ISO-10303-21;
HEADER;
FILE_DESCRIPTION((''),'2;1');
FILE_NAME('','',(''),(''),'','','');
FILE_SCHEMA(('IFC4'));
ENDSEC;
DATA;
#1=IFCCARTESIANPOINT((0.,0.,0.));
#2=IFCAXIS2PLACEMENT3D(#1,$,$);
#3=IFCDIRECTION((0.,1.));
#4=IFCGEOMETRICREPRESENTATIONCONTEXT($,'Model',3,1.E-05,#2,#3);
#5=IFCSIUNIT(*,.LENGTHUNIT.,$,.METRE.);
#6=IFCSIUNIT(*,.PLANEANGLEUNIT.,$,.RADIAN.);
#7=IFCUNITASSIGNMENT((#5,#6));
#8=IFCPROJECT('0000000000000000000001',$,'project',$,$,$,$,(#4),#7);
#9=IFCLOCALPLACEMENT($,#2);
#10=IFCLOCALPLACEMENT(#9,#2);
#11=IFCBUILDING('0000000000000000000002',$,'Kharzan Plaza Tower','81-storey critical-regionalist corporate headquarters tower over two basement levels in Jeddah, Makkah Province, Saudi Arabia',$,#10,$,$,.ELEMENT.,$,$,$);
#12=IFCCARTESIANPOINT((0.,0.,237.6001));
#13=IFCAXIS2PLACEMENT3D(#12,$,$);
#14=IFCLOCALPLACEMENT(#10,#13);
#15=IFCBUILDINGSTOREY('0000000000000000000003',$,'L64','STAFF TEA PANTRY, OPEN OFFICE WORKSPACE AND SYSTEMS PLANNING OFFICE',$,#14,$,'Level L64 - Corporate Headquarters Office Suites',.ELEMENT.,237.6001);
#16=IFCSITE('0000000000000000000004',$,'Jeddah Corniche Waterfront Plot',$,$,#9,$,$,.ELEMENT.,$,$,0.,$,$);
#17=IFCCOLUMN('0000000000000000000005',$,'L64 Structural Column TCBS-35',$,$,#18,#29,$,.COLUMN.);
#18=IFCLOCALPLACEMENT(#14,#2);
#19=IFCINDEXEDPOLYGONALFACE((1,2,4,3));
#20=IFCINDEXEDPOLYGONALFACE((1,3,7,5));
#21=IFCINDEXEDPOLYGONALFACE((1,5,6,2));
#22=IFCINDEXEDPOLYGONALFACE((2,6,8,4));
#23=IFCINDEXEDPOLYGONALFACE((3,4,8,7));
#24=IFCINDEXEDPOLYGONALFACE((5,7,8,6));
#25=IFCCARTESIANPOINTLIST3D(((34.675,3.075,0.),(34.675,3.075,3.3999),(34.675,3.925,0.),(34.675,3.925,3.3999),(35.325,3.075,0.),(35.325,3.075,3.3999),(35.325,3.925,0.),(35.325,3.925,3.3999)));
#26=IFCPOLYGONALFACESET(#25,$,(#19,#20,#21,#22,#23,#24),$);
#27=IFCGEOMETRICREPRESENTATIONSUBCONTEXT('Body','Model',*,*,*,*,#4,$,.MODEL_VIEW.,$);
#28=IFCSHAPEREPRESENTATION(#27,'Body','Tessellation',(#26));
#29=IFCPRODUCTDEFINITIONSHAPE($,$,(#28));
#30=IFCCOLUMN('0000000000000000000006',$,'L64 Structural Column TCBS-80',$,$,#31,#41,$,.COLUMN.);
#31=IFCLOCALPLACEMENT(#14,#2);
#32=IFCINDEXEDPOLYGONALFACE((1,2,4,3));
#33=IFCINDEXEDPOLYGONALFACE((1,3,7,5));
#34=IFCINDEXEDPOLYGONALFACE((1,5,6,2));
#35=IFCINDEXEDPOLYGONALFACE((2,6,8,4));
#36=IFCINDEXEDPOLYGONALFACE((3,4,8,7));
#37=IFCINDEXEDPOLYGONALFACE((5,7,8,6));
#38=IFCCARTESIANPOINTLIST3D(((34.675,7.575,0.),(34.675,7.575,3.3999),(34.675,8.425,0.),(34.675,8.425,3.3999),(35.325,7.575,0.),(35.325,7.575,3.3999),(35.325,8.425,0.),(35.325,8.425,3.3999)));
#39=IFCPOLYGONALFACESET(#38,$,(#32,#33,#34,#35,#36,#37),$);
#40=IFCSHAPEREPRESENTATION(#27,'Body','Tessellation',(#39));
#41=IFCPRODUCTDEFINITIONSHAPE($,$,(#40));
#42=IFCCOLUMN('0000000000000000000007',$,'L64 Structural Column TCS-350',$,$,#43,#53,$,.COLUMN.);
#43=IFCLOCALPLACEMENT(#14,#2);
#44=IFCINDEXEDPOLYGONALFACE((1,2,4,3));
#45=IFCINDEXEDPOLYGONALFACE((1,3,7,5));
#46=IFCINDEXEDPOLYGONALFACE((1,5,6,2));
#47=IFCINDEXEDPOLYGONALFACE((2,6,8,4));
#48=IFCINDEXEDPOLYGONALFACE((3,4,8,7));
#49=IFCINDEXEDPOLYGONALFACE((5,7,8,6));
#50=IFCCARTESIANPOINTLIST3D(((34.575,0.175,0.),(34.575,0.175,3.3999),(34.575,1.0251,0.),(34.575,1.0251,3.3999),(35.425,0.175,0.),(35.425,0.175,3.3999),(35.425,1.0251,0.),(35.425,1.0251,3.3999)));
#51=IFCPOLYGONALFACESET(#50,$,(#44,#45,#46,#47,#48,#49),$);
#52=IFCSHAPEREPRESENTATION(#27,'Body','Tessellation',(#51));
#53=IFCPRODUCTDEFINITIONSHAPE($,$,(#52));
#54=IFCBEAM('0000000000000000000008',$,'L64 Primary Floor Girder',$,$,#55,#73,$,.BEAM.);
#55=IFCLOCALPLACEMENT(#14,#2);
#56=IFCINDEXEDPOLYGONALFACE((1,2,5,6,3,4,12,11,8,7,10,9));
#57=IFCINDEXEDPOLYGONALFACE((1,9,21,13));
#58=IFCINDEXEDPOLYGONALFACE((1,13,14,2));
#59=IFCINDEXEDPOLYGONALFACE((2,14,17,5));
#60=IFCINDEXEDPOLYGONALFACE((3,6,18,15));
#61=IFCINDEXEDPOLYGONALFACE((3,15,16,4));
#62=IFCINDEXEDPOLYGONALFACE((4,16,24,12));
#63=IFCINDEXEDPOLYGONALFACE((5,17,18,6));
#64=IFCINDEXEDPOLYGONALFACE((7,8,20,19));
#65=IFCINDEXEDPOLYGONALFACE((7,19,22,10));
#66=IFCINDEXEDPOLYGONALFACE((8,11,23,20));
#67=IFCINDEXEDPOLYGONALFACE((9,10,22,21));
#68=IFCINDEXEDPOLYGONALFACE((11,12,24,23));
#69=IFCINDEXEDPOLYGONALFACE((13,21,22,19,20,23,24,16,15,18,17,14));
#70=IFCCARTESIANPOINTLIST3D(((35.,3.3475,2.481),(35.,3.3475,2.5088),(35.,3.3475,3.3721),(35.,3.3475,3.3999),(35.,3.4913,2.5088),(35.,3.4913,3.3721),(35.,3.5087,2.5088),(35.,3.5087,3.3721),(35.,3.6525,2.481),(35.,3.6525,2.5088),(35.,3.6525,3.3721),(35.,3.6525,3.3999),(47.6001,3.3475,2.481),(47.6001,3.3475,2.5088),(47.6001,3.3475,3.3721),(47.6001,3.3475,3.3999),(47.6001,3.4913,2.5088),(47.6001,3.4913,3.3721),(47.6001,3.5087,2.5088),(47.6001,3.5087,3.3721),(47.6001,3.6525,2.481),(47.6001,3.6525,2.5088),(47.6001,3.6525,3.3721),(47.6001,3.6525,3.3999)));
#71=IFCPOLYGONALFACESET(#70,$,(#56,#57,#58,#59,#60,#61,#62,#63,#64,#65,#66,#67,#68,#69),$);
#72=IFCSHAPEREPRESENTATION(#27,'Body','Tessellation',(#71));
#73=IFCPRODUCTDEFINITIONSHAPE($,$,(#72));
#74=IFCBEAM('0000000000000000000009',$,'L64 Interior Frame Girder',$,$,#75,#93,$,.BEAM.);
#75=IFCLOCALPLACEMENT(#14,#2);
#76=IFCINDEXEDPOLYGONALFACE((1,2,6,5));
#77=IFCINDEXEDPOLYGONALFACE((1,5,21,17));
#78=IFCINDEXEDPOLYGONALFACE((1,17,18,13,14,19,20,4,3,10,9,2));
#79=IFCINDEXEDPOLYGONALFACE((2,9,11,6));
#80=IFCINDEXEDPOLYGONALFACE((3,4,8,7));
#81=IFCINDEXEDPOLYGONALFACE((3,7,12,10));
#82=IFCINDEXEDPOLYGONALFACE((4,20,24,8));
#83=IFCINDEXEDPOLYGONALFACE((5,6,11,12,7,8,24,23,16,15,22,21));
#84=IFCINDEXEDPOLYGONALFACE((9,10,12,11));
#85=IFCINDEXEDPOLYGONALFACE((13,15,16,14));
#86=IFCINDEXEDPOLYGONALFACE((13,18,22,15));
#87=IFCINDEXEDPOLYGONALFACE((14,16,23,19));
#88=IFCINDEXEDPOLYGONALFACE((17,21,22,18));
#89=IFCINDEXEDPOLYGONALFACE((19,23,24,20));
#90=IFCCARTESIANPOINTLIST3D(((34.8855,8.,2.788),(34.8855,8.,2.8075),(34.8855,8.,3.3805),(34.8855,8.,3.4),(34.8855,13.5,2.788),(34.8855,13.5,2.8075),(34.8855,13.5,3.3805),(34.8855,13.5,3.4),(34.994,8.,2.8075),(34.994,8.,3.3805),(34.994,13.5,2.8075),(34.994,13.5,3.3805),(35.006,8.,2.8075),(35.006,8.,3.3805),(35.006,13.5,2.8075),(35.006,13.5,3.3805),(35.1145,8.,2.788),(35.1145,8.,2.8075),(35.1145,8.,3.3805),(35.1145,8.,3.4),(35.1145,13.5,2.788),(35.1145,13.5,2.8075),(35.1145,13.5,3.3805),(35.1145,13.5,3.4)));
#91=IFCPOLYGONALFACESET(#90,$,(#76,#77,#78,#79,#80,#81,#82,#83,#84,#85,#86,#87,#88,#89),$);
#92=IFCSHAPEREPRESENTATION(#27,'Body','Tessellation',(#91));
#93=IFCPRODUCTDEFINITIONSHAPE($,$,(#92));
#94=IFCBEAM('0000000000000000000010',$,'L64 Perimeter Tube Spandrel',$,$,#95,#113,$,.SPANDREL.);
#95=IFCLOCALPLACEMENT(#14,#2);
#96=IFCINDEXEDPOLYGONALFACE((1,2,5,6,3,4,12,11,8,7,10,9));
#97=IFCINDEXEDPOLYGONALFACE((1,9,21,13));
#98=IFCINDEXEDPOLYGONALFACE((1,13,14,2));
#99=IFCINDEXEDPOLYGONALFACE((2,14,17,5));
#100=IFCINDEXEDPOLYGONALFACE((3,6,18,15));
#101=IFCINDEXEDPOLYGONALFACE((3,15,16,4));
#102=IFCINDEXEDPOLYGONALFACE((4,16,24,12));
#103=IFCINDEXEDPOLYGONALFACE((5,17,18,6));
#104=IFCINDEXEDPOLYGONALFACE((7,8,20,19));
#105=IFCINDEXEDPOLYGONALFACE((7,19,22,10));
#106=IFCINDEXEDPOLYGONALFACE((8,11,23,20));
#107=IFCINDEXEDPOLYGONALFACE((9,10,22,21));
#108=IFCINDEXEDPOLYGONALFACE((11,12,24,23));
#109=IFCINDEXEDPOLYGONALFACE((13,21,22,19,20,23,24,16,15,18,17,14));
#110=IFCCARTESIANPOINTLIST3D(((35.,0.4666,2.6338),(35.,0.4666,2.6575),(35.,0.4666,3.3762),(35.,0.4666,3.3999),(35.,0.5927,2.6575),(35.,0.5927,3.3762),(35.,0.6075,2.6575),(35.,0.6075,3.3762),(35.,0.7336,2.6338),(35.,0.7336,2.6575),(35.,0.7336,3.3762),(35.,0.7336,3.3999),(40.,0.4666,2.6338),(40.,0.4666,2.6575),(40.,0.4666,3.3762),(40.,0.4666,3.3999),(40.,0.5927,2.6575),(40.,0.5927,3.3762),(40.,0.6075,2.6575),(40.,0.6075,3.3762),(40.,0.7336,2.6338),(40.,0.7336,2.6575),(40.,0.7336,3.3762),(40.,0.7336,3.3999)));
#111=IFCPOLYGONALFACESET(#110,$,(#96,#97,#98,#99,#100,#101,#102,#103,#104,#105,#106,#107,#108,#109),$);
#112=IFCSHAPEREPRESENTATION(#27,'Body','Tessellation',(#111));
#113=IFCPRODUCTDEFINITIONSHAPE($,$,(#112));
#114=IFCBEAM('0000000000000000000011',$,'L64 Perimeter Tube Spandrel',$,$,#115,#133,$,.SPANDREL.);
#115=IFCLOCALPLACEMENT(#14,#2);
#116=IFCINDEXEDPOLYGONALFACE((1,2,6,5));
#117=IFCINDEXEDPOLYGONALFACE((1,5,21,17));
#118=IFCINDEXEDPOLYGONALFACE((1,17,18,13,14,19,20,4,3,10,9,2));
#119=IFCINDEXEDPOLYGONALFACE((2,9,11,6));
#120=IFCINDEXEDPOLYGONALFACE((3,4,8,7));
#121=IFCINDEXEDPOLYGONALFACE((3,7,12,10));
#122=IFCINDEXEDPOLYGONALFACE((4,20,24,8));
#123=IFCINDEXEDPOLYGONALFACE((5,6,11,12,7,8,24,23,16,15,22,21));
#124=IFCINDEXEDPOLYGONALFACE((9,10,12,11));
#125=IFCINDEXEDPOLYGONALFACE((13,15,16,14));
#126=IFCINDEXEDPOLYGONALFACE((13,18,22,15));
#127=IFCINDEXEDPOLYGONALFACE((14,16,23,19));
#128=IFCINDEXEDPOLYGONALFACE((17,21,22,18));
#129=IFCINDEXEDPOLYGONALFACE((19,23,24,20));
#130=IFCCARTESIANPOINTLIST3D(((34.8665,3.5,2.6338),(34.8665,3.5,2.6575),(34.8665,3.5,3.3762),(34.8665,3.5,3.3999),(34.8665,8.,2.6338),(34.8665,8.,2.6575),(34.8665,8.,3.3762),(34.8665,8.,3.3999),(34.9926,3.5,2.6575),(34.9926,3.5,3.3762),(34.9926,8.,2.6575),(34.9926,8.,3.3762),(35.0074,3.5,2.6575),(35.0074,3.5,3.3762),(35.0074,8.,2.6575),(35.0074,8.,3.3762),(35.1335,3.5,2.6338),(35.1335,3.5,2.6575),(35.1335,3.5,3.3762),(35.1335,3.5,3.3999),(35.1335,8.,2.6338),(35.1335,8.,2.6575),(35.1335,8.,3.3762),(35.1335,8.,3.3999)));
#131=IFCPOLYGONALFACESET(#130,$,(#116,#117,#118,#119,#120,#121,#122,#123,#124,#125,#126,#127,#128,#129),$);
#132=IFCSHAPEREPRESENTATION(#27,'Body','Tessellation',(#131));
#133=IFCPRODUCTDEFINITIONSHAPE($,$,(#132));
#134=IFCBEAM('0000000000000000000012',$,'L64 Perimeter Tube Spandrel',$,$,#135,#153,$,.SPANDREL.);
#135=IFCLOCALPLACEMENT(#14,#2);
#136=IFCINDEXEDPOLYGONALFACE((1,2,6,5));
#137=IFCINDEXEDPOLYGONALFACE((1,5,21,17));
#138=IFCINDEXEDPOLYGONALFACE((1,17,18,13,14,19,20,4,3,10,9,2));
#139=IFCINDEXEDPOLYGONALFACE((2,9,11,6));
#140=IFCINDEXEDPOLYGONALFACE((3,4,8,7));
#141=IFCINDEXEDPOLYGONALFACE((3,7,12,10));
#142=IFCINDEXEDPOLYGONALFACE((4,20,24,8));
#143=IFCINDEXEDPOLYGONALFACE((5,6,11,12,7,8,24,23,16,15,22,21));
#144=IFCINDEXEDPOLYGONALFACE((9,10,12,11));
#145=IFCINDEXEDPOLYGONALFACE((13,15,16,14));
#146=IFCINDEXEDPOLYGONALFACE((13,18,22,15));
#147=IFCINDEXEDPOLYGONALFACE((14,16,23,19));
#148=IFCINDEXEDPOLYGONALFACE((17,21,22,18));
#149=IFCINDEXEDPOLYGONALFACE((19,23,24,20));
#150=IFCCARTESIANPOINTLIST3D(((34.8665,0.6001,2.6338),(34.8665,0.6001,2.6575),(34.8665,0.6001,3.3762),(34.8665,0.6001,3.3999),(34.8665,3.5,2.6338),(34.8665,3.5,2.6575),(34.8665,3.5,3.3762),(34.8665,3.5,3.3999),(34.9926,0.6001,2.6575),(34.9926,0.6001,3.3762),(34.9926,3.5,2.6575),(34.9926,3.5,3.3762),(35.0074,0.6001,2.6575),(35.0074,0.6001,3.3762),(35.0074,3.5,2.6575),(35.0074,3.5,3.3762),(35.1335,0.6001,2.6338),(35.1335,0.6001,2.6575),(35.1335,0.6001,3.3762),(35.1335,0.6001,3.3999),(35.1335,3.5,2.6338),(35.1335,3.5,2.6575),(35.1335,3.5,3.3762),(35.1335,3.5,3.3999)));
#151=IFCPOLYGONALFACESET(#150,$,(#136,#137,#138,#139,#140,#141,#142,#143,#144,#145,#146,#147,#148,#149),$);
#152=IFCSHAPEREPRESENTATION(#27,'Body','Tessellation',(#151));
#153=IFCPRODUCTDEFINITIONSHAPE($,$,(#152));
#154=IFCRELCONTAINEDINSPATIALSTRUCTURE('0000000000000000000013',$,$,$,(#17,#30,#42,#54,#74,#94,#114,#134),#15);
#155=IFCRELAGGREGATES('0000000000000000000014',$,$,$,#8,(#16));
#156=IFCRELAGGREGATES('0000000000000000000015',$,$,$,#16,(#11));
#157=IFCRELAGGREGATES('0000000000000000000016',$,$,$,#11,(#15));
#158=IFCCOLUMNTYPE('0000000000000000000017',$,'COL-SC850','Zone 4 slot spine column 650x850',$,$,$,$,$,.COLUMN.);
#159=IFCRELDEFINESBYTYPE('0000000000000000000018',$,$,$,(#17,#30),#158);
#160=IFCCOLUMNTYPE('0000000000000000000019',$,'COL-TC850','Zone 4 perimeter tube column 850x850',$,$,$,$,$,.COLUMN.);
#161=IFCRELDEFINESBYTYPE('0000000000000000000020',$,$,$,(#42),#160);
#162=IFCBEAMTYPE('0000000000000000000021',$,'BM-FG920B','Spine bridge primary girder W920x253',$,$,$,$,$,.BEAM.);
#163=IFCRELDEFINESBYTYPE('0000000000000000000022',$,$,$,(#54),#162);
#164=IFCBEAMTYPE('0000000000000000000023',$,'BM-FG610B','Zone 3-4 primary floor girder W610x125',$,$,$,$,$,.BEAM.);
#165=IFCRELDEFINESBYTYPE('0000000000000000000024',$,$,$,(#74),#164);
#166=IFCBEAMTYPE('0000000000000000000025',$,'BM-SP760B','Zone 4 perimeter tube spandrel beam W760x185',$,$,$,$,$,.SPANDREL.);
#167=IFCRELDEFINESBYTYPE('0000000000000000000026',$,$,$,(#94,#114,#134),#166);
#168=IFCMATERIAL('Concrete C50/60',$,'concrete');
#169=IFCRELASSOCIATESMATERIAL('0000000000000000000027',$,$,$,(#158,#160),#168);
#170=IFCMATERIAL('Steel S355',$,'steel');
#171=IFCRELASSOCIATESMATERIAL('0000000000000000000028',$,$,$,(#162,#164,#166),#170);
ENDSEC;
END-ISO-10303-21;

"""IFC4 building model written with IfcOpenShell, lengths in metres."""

from ifc_helpers import new_model, si_unit, direction, frame, origin, origin_2d, place, context, subcontext, project, spatial, rectangle, i_section, extrude, source, transform, mapped, material, material_profile, profile_set, type_object, element, save


model = new_model("IFC4")

# Units and contexts
model_context = context("Model", 3, precision=1e-05, world=origin(), true_north=direction((0.0, 1.0)))
body_context = subcontext(model_context, "Body", "Model", "MODEL_VIEW")
ifc_project = project(units=[si_unit("LENGTHUNIT", "METRE"), si_unit("PLANEANGLEUNIT", "RADIAN")], contexts=[model_context])

# Site, building, storey
site_placement = place(None, origin())
site = spatial("IfcSite", under=ifc_project, at=site_placement, Name="Jeddah Corniche Waterfront Plot", CompositionType="ELEMENT", RefElevation=0.0)
building_placement = place(site_placement, origin())
building = spatial("IfcBuilding", under=site, at=building_placement, Name="Kharzan Plaza Tower", Description="81-storey critical-regionalist corporate headquarters tower over two basement levels in Jeddah, Makkah Province, Saudi Arabia", CompositionType="ELEMENT")
storey_placement = place(building_placement, frame((0.0, 0.0, 237.6001)))
storey = spatial("IfcBuildingStorey", under=building, at=storey_placement, Name="L64", Description="STAFF TEA PANTRY, OPEN OFFICE WORKSPACE AND SYSTEMS PLANNING OFFICE", LongName="Level L64 - Corporate Headquarters Office Suites", CompositionType="ELEMENT", Elevation=237.6001)

# Columns
ifc_material_1 = material(Name="Concrete C50/60", Category="concrete")
ifc_material_profile_1 = material_profile(ifc_material_1, rectangle(XDim=0.6499, YDim=0.8501, at=origin_2d()), Name="RC-SC850x650")
ifc_profile_set_1 = profile_set([ifc_material_profile_1], Name="Concrete C50/60")
column_type_1 = type_object("IfcColumnType", Name="COL-SC850", Description="Zone 4 slot spine column 650x850", PredefinedType="COLUMN", material=ifc_profile_set_1)
shared_shape_1 = source(origin(), body_context, "Body", "SweptSolid", [
    extrude(rectangle(XDim=0.6499, YDim=0.8501, at=origin_2d()), origin(), (0.0, 0.0, 1.0), 3.3999),
])
for number, where, z_axis, x_axis, name in (
    (1, (35.0, 3.5, 0.0), (0.0, 0.0, 1.0), (1.0, 0.0, 0.0), "L64 Structural Column TCBS-35"),
    (2, (35.0, 8.0, 0.0), (0.0, 0.0, 1.0), (1.0, 0.0, 0.0), "L64 Structural Column TCBS-80"),
):
    element("IfcColumn", number, at=place(storey_placement, frame(where, z_axis=z_axis, x_axis=x_axis)), inside=storey, type_object=column_type_1, Name=name, PredefinedType="COLUMN", context=body_context, shape_type="MappedRepresentation", body=[
        mapped(shared_shape_1, transform((0.0, 0.0, 0.0), x_axis=(1.0, 0.0, 0.0), y_axis=(0.0, 1.0, 0.0), z_axis=(0.0, 0.0, 1.0))),
    ])
ifc_material_profile_2 = material_profile(ifc_material_1, rectangle(XDim=0.8501, YDim=0.8501, at=origin_2d()), Name="RC-TC850x850")
ifc_profile_set_2 = profile_set([ifc_material_profile_2], Name="Concrete C50/60")
column_type_2 = type_object("IfcColumnType", Name="COL-TC850", Description="Zone 4 perimeter tube column 850x850", PredefinedType="COLUMN", material=ifc_profile_set_2)
shared_shape_2 = source(origin(), body_context, "Body", "SweptSolid", [
    extrude(rectangle(XDim=0.8501, YDim=0.8501, at=origin_2d()), origin(), (0.0, 0.0, 1.0), 3.3999),
])
column_placement = place(storey_placement, frame((35.0, 0.6001, 0.0), z_axis=(0.0, 0.0, 1.0), x_axis=(1.0, 0.0, 0.0)))
element("IfcColumn", 3, at=column_placement, inside=storey, type_object=column_type_2, Name="L64 Structural Column TCS-350", PredefinedType="COLUMN", context=body_context, shape_type="MappedRepresentation", body=[
    mapped(shared_shape_2, transform((0.0, 0.0, 0.0), x_axis=(1.0, 0.0, 0.0), y_axis=(0.0, 1.0, 0.0), z_axis=(0.0, 0.0, 1.0))),
])

# Beams
ifc_material_2 = material(Name="Steel S355", Category="steel")
ifc_material_profile_3 = material_profile(ifc_material_2, i_section(OverallWidth=0.3049, OverallDepth=0.9189, WebThickness=0.0173, FlangeThickness=0.0278, at=origin_2d()), Name="W920x253")
ifc_profile_set_3 = profile_set([ifc_material_profile_3], Name="Steel S355")
beam_type_1 = type_object("IfcBeamType", Name="BM-FG920B", Description="Spine bridge primary girder W920x253", PredefinedType="BEAM", material=ifc_profile_set_3)
shared_shape_3 = source(origin(), body_context, "Body", "SweptSolid", [
    extrude(i_section(OverallWidth=0.3049, OverallDepth=0.9189, WebThickness=0.0173, FlangeThickness=0.0278, at=origin_2d()), origin(), (0.0, 0.0, 1.0), 12.6001),
])
beam_1_placement = place(storey_placement, frame((35.0, 3.5, 2.9404), z_axis=(1.0, 0.0, 0.0), x_axis=(0.0, 1.0, 0.0)))
element("IfcBeam", 4, at=beam_1_placement, inside=storey, type_object=beam_type_1, Name="L64 Primary Floor Girder", PredefinedType="BEAM", context=body_context, shape_type="MappedRepresentation", body=[
    mapped(shared_shape_3, transform((0.0, 0.0, 0.0), x_axis=(1.0, 0.0, 0.0), y_axis=(0.0, 1.0, 0.0), z_axis=(0.0, 0.0, 1.0))),
])
ifc_material_profile_4 = material_profile(ifc_material_2, i_section(OverallWidth=0.229, OverallDepth=0.6121, WebThickness=0.012, FlangeThickness=0.0195, at=origin_2d()), Name="W610x125")
ifc_profile_set_4 = profile_set([ifc_material_profile_4], Name="Steel S355")
beam_type_2 = type_object("IfcBeamType", Name="BM-FG610B", Description="Zone 3-4 primary floor girder W610x125", PredefinedType="BEAM", material=ifc_profile_set_4)
shared_shape_4 = source(origin(), body_context, "Body", "SweptSolid", [
    extrude(i_section(OverallWidth=0.229, OverallDepth=0.6121, WebThickness=0.012, FlangeThickness=0.0195, at=origin_2d()), origin(), (0.0, 0.0, 1.0), 5.5),
])
beam_2_placement = place(storey_placement, frame((35.0, 8.0, 3.094), z_axis=(0.0, 1.0, 0.0), x_axis=(-1.0, 0.0, 0.0)))
element("IfcBeam", 5, at=beam_2_placement, inside=storey, type_object=beam_type_2, Name="L64 Interior Frame Girder", PredefinedType="BEAM", context=body_context, shape_type="MappedRepresentation", body=[
    mapped(shared_shape_4, transform((0.0, 0.0, 0.0), x_axis=(1.0, 0.0, 0.0), y_axis=(0.0, 1.0, 0.0), z_axis=(0.0, 0.0, 1.0))),
])
ifc_material_profile_5 = material_profile(ifc_material_2, i_section(OverallWidth=0.2671, OverallDepth=0.7661, WebThickness=0.0149, FlangeThickness=0.0237, at=origin_2d()), Name="W760x185")
ifc_profile_set_5 = profile_set([ifc_material_profile_5], Name="Steel S355")
beam_type_3 = type_object("IfcBeamType", Name="BM-SP760B", Description="Zone 4 perimeter tube spandrel beam W760x185", PredefinedType="SPANDREL", material=ifc_profile_set_5)
shared_shape_5 = source(origin(), body_context, "Body", "SweptSolid", [
    extrude(i_section(OverallWidth=0.2671, OverallDepth=0.7661, WebThickness=0.0149, FlangeThickness=0.0237, at=origin_2d()), origin(), (0.0, 0.0, 1.0), 5.0),
])
beam_3_placement = place(storey_placement, frame((35.0, 0.6001, 3.0168), z_axis=(1.0, 0.0, 0.0), x_axis=(0.0, 1.0, 0.0)))
element("IfcBeam", 6, at=beam_3_placement, inside=storey, type_object=beam_type_3, Name="L64 Perimeter Tube Spandrel", PredefinedType="SPANDREL", context=body_context, shape_type="MappedRepresentation", body=[
    mapped(shared_shape_5, transform((0.0, 0.0, 0.0), x_axis=(1.0, 0.0, 0.0), y_axis=(0.0, 1.0, 0.0), z_axis=(0.0, 0.0, 1.0))),
])
shared_shape_6 = source(origin(), body_context, "Body", "SweptSolid", [
    extrude(i_section(OverallWidth=0.2671, OverallDepth=0.7661, WebThickness=0.0149, FlangeThickness=0.0237, at=origin_2d()), origin(), (0.0, 0.0, 1.0), 4.5),
])
beam_4_placement = place(storey_placement, frame((35.0, 3.5, 3.0168), z_axis=(0.0, 1.0, 0.0), x_axis=(-1.0, 0.0, 0.0)))
element("IfcBeam", 7, at=beam_4_placement, inside=storey, type_object=beam_type_3, Name="L64 Perimeter Tube Spandrel", PredefinedType="SPANDREL", context=body_context, shape_type="MappedRepresentation", body=[
    mapped(shared_shape_6, transform((0.0, 0.0, 0.0), x_axis=(1.0, 0.0, 0.0), y_axis=(0.0, 1.0, 0.0), z_axis=(0.0, 0.0, 1.0))),
])
shared_shape_7 = source(origin(), body_context, "Body", "SweptSolid", [
    extrude(i_section(OverallWidth=0.2671, OverallDepth=0.7661, WebThickness=0.0149, FlangeThickness=0.0237, at=origin_2d()), origin(), (0.0, 0.0, 1.0), 2.8999),
])
beam_5_placement = place(storey_placement, frame((35.0, 0.6001, 3.0168), z_axis=(0.0, 1.0, 0.0), x_axis=(-1.0, 0.0, 0.0)))
element("IfcBeam", 8, at=beam_5_placement, inside=storey, type_object=beam_type_3, Name="L64 Perimeter Tube Spandrel", PredefinedType="SPANDREL", context=body_context, shape_type="MappedRepresentation", body=[
    mapped(shared_shape_7, transform((0.0, 0.0, 0.0), x_axis=(1.0, 0.0, 0.0), y_axis=(0.0, 1.0, 0.0), z_axis=(0.0, 0.0, 1.0))),
])

save(model, "model.ifc")
